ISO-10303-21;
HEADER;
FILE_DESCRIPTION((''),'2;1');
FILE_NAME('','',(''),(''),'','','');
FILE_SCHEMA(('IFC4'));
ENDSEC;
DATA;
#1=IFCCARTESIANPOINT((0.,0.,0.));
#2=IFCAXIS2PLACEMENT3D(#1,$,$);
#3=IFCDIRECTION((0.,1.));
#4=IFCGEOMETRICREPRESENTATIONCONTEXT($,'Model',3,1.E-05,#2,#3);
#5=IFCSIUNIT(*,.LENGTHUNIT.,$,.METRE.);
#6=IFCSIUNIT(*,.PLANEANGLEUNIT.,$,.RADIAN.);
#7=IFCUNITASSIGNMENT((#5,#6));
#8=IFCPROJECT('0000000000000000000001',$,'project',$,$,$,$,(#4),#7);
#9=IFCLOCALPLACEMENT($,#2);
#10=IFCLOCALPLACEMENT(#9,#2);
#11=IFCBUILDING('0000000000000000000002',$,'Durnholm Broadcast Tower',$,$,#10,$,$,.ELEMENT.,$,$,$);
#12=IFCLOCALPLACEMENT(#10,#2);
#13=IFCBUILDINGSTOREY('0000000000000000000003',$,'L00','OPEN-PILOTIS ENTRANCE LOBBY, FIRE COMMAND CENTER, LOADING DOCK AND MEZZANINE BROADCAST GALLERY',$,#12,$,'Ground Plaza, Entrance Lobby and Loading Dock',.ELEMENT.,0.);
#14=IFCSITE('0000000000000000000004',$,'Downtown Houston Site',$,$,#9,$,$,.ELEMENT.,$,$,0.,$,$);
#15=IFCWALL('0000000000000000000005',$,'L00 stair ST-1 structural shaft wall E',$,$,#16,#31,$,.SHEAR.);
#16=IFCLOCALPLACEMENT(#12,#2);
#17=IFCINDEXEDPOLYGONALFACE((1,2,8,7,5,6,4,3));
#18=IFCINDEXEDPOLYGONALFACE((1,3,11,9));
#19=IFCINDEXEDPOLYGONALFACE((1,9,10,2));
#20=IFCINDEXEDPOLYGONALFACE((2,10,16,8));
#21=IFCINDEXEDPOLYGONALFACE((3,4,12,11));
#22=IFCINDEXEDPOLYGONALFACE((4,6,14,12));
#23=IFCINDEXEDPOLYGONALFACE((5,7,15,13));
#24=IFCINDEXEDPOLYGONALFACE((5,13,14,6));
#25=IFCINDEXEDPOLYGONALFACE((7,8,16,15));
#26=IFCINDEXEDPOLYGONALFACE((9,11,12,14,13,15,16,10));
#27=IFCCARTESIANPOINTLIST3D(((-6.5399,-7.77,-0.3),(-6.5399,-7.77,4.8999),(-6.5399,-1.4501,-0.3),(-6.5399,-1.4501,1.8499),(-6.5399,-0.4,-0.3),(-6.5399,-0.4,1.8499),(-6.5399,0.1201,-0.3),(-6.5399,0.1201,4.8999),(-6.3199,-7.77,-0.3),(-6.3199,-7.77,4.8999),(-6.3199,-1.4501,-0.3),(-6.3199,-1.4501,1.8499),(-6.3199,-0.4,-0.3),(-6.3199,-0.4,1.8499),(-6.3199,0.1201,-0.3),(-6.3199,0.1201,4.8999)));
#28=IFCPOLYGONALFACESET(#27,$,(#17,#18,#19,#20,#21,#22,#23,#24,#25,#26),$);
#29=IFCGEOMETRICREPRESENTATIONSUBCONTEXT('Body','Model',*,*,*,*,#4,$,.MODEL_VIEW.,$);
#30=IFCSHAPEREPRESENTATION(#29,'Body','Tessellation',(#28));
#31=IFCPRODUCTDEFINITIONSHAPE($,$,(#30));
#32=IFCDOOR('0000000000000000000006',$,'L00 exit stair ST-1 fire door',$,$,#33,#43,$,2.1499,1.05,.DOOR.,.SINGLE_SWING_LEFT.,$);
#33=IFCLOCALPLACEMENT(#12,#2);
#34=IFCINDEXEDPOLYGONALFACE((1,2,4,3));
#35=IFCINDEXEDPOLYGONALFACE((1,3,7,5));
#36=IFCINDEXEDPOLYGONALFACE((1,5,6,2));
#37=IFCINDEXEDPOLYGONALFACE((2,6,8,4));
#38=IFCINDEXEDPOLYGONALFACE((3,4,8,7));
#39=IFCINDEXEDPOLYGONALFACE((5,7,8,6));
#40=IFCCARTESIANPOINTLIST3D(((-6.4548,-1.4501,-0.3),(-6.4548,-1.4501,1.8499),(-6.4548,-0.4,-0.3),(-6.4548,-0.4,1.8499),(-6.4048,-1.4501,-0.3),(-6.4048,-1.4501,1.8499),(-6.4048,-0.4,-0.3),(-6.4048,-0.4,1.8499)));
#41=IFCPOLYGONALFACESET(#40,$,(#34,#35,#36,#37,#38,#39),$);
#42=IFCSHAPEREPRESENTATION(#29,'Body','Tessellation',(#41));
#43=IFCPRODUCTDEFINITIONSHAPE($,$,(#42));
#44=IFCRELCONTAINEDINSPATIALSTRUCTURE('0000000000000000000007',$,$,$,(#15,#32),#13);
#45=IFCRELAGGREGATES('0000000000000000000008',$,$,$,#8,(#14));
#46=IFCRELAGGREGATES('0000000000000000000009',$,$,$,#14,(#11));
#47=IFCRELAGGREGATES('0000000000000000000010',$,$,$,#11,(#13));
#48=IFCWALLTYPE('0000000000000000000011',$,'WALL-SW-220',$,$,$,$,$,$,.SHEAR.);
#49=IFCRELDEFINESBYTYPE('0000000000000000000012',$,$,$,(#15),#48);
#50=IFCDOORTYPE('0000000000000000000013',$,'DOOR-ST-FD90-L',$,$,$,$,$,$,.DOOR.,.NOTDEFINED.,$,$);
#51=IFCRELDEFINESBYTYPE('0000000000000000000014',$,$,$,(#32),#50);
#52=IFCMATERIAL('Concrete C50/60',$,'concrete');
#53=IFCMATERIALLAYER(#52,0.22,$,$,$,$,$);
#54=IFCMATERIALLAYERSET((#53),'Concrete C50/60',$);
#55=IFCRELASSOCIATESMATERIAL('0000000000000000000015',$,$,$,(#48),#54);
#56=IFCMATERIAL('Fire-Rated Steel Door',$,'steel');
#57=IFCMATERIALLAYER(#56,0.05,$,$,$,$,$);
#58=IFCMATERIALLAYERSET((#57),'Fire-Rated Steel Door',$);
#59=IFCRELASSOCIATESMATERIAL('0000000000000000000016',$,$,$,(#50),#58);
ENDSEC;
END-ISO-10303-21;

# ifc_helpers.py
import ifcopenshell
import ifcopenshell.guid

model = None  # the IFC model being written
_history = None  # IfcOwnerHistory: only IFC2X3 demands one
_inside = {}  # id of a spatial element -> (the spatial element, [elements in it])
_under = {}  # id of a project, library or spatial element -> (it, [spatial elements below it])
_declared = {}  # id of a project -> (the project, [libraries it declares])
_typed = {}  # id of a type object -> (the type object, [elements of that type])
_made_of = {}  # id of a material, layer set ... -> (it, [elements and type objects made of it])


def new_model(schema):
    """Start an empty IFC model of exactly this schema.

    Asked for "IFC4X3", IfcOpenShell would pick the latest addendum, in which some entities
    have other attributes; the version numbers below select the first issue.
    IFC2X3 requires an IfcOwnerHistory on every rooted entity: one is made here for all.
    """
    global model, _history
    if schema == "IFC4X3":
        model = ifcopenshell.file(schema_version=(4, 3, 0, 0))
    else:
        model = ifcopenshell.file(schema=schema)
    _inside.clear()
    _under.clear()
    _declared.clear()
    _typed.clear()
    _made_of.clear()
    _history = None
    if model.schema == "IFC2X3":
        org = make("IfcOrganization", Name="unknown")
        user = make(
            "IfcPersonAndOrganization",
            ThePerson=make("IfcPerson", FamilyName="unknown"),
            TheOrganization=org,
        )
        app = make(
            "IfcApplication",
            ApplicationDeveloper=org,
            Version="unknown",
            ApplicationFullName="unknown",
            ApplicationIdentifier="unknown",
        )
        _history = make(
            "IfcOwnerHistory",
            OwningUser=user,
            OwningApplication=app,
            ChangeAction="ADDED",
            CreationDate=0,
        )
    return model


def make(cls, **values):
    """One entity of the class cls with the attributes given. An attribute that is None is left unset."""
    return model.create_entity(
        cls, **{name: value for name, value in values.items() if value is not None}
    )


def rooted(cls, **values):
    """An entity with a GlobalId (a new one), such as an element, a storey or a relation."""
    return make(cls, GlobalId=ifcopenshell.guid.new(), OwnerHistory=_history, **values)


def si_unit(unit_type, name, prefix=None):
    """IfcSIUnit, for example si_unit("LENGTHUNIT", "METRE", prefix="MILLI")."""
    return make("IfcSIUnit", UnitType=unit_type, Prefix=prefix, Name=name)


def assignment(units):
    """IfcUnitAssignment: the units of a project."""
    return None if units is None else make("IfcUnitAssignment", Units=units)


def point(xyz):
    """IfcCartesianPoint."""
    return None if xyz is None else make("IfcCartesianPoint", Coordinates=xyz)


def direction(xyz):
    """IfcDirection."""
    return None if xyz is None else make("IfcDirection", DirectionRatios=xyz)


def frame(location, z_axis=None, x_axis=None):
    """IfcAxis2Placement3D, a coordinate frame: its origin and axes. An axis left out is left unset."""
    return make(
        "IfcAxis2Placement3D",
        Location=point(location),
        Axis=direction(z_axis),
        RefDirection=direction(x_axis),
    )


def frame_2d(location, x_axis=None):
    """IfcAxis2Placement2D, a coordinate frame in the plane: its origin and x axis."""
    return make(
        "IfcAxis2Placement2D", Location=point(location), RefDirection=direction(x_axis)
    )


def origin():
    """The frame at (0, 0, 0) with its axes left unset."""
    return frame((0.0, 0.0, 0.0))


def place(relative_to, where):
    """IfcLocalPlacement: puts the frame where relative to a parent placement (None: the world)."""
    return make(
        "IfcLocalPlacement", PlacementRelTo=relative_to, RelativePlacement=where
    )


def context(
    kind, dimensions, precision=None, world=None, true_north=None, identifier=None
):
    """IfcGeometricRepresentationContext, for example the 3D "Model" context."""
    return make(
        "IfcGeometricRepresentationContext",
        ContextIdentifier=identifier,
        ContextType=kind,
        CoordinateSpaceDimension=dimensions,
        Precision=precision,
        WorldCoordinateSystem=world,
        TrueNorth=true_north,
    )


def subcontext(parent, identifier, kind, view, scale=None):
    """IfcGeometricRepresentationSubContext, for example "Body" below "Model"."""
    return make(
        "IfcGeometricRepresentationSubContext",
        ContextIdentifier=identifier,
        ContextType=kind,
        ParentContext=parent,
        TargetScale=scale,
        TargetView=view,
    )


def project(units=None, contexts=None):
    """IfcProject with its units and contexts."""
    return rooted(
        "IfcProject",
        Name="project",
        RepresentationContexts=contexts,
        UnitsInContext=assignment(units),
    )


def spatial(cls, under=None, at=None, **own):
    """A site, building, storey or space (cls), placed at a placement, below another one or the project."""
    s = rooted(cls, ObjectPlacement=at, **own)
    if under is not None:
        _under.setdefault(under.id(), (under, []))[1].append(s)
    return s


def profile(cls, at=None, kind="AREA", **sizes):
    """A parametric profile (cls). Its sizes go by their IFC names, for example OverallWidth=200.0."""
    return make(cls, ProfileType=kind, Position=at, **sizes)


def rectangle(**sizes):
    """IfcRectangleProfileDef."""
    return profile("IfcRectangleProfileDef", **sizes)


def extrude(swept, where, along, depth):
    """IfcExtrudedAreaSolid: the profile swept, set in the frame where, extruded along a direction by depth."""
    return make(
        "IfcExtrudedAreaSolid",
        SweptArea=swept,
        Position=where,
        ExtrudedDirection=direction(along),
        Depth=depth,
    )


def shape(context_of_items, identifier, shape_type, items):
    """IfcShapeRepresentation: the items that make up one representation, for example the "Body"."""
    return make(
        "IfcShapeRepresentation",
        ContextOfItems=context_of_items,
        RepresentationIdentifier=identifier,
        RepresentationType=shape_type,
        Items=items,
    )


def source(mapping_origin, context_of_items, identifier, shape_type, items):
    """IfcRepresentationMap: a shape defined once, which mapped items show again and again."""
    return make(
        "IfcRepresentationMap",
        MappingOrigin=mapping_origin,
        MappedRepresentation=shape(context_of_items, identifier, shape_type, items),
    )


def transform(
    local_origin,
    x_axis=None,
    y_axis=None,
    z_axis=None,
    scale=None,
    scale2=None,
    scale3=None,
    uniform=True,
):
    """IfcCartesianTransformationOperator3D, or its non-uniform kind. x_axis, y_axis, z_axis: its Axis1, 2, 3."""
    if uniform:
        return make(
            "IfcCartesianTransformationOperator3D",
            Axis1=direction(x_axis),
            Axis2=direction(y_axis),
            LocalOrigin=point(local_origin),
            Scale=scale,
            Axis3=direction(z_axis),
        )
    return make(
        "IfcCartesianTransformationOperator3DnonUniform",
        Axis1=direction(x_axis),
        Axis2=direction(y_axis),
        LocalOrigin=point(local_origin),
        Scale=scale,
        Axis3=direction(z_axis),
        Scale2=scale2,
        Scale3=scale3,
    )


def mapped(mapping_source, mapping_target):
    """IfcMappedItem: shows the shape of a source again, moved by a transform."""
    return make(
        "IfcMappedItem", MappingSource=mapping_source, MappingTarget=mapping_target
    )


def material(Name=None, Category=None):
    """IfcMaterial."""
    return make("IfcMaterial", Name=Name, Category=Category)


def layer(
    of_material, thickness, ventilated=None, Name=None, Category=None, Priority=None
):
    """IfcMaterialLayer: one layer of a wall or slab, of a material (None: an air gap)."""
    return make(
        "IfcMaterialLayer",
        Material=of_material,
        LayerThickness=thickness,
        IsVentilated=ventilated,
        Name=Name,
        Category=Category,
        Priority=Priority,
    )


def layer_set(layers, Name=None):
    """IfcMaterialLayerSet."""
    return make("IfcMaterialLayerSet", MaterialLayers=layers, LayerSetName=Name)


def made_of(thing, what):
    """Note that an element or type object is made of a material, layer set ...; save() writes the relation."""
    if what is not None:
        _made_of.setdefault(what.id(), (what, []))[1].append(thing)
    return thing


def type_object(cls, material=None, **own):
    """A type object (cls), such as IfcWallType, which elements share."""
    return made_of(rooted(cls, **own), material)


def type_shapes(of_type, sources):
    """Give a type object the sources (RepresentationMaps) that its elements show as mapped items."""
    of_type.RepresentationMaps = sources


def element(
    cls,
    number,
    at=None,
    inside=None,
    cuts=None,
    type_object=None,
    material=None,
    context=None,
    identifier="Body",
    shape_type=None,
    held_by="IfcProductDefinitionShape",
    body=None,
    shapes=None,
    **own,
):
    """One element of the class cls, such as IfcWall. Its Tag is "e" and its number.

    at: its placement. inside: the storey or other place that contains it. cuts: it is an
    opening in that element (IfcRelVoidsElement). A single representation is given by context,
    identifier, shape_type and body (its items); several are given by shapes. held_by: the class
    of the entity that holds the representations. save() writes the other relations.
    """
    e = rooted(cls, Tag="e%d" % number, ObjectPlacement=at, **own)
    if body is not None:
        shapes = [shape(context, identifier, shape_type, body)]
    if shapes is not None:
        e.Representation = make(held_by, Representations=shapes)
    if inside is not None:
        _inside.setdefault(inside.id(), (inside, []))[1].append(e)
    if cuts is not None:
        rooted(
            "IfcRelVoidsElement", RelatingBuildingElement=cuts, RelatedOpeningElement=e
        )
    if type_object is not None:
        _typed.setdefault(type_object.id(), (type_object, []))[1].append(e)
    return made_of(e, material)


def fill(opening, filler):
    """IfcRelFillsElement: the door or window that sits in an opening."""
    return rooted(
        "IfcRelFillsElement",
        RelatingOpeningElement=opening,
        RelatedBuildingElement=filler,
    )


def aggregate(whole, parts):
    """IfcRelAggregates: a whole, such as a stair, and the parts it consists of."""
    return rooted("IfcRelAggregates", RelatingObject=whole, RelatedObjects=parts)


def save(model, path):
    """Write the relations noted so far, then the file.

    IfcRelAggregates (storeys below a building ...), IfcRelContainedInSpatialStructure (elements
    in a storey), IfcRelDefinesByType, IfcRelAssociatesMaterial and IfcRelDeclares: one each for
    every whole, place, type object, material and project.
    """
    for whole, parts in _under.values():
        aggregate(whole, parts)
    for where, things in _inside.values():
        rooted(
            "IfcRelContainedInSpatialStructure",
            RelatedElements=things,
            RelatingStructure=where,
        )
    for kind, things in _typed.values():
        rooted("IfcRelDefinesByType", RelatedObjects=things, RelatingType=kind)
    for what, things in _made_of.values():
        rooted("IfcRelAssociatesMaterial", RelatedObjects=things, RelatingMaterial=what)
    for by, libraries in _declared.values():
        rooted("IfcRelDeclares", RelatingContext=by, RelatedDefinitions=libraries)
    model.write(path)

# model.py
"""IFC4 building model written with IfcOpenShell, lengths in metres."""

from ifc_helpers import new_model, si_unit, direction, frame, frame_2d, origin, place, context, subcontext, project, spatial, rectangle, extrude, source, transform, mapped, material, layer, layer_set, type_object, type_shapes, element, fill, save


model = new_model("IFC4")

# Units and contexts
model_context = context("Model", 3, precision=1e-05, world=origin(), true_north=direction((0.0, 1.0)))
body_context = subcontext(model_context, "Body", "Model", "MODEL_VIEW")
ifc_project = project(units=[si_unit("LENGTHUNIT", "METRE"), si_unit("PLANEANGLEUNIT", "RADIAN")], contexts=[model_context])

# Site, building, storey
site_placement = place(None, origin())
site = spatial("IfcSite", under=ifc_project, at=site_placement, Name="Downtown Houston Site", CompositionType="ELEMENT", RefElevation=0.0)
building_placement = place(site_placement, origin())
building = spatial("IfcBuilding", under=site, at=building_placement, Name="Durnholm Broadcast Tower", CompositionType="ELEMENT")
storey_placement = place(building_placement, origin())
storey = spatial("IfcBuildingStorey", under=building, at=storey_placement, Name="L00", Description="OPEN-PILOTIS ENTRANCE LOBBY, FIRE COMMAND CENTER, LOADING DOCK AND MEZZANINE BROADCAST GALLERY", LongName="Ground Plaza, Entrance Lobby and Loading Dock", CompositionType="ELEMENT", Elevation=0.0)

# Wall, opening, door
ifc_material_1 = material(Name="Concrete C50/60", Category="concrete")
ifc_layer_1 = layer(ifc_material_1, 0.22)
ifc_layer_set_1 = layer_set([ifc_layer_1], Name="Concrete C50/60")
wall_type_1 = type_object("IfcWallType", Name="WALL-SW-220", PredefinedType="SHEAR", material=ifc_layer_set_1)
wall_1_placement = place(storey_placement, frame((-6.4299, -7.77, -0.3), z_axis=(0.0, 0.0, 1.0), x_axis=(0.0, 1.0, 0.0)))
wall_1 = element("IfcWall", 1, at=wall_1_placement, inside=storey, type_object=wall_type_1, Name="L00 stair ST-1 structural shaft wall E", PredefinedType="SHEAR", context=body_context, shape_type="SweptSolid", body=[
    extrude(rectangle(XDim=7.8901, YDim=0.22, at=frame_2d((3.9451, 0.0))), origin(), (0.0, 0.0, 1.0), 5.2),
])
opening_1_placement = place(wall_1_placement, frame((6.3201, 0.0, 0.0)))
opening_1 = element("IfcOpeningElement", 2, at=opening_1_placement, cuts=wall_1, PredefinedType="OPENING", context=body_context, shape_type="SweptSolid", body=[
    extrude(rectangle(XDim=1.05, YDim=2.1499, at=frame_2d((0.5249, 1.075))), frame((0.0, 0.1201, 0.0), z_axis=(0.0, -1.0, 0.0), x_axis=(1.0, 0.0, 0.0)), (0.0, 0.0, 1.0), 0.24),
])
ifc_material_2 = material(Name="Fire-Rated Steel Door", Category="steel")
ifc_layer_2 = layer(ifc_material_2, 0.05)
ifc_layer_set_2 = layer_set([ifc_layer_2], Name="Fire-Rated Steel Door")
door_type_1 = type_object("IfcDoorType", Name="DOOR-ST-FD90-L", OperationType="NOTDEFINED", PredefinedType="DOOR", material=ifc_layer_set_2)
shared_shape_1 = source(origin(), body_context, "Body", "SweptSolid", [
    extrude(rectangle(XDim=1.05, YDim=2.1499, at=frame_2d((0.5249, 1.075))), frame((0.0, 0.0249, 0.0), z_axis=(0.0, -1.0, 0.0), x_axis=(1.0, 0.0, 0.0)), (0.0, 0.0, 1.0), 0.05),
])
type_shapes(door_type_1, [shared_shape_1])
door_1_placement = place(opening_1_placement, origin())
door_1 = element("IfcDoor", 3, at=door_1_placement, inside=storey, type_object=door_type_1, Name="L00 exit stair ST-1 fire door", OperationType="SINGLE_SWING_LEFT", OverallHeight=2.1499, OverallWidth=1.05, PredefinedType="DOOR", context=body_context, shape_type="MappedRepresentation", body=[
    mapped(shared_shape_1, transform((0.0, 0.0, 0.0), x_axis=(1.0, 0.0, 0.0), y_axis=(0.0, 1.0, 0.0), z_axis=(0.0, 0.0, 1.0), scale=1.0)),
])
fill(opening_1, door_1)

save(model, "model.ifc")
